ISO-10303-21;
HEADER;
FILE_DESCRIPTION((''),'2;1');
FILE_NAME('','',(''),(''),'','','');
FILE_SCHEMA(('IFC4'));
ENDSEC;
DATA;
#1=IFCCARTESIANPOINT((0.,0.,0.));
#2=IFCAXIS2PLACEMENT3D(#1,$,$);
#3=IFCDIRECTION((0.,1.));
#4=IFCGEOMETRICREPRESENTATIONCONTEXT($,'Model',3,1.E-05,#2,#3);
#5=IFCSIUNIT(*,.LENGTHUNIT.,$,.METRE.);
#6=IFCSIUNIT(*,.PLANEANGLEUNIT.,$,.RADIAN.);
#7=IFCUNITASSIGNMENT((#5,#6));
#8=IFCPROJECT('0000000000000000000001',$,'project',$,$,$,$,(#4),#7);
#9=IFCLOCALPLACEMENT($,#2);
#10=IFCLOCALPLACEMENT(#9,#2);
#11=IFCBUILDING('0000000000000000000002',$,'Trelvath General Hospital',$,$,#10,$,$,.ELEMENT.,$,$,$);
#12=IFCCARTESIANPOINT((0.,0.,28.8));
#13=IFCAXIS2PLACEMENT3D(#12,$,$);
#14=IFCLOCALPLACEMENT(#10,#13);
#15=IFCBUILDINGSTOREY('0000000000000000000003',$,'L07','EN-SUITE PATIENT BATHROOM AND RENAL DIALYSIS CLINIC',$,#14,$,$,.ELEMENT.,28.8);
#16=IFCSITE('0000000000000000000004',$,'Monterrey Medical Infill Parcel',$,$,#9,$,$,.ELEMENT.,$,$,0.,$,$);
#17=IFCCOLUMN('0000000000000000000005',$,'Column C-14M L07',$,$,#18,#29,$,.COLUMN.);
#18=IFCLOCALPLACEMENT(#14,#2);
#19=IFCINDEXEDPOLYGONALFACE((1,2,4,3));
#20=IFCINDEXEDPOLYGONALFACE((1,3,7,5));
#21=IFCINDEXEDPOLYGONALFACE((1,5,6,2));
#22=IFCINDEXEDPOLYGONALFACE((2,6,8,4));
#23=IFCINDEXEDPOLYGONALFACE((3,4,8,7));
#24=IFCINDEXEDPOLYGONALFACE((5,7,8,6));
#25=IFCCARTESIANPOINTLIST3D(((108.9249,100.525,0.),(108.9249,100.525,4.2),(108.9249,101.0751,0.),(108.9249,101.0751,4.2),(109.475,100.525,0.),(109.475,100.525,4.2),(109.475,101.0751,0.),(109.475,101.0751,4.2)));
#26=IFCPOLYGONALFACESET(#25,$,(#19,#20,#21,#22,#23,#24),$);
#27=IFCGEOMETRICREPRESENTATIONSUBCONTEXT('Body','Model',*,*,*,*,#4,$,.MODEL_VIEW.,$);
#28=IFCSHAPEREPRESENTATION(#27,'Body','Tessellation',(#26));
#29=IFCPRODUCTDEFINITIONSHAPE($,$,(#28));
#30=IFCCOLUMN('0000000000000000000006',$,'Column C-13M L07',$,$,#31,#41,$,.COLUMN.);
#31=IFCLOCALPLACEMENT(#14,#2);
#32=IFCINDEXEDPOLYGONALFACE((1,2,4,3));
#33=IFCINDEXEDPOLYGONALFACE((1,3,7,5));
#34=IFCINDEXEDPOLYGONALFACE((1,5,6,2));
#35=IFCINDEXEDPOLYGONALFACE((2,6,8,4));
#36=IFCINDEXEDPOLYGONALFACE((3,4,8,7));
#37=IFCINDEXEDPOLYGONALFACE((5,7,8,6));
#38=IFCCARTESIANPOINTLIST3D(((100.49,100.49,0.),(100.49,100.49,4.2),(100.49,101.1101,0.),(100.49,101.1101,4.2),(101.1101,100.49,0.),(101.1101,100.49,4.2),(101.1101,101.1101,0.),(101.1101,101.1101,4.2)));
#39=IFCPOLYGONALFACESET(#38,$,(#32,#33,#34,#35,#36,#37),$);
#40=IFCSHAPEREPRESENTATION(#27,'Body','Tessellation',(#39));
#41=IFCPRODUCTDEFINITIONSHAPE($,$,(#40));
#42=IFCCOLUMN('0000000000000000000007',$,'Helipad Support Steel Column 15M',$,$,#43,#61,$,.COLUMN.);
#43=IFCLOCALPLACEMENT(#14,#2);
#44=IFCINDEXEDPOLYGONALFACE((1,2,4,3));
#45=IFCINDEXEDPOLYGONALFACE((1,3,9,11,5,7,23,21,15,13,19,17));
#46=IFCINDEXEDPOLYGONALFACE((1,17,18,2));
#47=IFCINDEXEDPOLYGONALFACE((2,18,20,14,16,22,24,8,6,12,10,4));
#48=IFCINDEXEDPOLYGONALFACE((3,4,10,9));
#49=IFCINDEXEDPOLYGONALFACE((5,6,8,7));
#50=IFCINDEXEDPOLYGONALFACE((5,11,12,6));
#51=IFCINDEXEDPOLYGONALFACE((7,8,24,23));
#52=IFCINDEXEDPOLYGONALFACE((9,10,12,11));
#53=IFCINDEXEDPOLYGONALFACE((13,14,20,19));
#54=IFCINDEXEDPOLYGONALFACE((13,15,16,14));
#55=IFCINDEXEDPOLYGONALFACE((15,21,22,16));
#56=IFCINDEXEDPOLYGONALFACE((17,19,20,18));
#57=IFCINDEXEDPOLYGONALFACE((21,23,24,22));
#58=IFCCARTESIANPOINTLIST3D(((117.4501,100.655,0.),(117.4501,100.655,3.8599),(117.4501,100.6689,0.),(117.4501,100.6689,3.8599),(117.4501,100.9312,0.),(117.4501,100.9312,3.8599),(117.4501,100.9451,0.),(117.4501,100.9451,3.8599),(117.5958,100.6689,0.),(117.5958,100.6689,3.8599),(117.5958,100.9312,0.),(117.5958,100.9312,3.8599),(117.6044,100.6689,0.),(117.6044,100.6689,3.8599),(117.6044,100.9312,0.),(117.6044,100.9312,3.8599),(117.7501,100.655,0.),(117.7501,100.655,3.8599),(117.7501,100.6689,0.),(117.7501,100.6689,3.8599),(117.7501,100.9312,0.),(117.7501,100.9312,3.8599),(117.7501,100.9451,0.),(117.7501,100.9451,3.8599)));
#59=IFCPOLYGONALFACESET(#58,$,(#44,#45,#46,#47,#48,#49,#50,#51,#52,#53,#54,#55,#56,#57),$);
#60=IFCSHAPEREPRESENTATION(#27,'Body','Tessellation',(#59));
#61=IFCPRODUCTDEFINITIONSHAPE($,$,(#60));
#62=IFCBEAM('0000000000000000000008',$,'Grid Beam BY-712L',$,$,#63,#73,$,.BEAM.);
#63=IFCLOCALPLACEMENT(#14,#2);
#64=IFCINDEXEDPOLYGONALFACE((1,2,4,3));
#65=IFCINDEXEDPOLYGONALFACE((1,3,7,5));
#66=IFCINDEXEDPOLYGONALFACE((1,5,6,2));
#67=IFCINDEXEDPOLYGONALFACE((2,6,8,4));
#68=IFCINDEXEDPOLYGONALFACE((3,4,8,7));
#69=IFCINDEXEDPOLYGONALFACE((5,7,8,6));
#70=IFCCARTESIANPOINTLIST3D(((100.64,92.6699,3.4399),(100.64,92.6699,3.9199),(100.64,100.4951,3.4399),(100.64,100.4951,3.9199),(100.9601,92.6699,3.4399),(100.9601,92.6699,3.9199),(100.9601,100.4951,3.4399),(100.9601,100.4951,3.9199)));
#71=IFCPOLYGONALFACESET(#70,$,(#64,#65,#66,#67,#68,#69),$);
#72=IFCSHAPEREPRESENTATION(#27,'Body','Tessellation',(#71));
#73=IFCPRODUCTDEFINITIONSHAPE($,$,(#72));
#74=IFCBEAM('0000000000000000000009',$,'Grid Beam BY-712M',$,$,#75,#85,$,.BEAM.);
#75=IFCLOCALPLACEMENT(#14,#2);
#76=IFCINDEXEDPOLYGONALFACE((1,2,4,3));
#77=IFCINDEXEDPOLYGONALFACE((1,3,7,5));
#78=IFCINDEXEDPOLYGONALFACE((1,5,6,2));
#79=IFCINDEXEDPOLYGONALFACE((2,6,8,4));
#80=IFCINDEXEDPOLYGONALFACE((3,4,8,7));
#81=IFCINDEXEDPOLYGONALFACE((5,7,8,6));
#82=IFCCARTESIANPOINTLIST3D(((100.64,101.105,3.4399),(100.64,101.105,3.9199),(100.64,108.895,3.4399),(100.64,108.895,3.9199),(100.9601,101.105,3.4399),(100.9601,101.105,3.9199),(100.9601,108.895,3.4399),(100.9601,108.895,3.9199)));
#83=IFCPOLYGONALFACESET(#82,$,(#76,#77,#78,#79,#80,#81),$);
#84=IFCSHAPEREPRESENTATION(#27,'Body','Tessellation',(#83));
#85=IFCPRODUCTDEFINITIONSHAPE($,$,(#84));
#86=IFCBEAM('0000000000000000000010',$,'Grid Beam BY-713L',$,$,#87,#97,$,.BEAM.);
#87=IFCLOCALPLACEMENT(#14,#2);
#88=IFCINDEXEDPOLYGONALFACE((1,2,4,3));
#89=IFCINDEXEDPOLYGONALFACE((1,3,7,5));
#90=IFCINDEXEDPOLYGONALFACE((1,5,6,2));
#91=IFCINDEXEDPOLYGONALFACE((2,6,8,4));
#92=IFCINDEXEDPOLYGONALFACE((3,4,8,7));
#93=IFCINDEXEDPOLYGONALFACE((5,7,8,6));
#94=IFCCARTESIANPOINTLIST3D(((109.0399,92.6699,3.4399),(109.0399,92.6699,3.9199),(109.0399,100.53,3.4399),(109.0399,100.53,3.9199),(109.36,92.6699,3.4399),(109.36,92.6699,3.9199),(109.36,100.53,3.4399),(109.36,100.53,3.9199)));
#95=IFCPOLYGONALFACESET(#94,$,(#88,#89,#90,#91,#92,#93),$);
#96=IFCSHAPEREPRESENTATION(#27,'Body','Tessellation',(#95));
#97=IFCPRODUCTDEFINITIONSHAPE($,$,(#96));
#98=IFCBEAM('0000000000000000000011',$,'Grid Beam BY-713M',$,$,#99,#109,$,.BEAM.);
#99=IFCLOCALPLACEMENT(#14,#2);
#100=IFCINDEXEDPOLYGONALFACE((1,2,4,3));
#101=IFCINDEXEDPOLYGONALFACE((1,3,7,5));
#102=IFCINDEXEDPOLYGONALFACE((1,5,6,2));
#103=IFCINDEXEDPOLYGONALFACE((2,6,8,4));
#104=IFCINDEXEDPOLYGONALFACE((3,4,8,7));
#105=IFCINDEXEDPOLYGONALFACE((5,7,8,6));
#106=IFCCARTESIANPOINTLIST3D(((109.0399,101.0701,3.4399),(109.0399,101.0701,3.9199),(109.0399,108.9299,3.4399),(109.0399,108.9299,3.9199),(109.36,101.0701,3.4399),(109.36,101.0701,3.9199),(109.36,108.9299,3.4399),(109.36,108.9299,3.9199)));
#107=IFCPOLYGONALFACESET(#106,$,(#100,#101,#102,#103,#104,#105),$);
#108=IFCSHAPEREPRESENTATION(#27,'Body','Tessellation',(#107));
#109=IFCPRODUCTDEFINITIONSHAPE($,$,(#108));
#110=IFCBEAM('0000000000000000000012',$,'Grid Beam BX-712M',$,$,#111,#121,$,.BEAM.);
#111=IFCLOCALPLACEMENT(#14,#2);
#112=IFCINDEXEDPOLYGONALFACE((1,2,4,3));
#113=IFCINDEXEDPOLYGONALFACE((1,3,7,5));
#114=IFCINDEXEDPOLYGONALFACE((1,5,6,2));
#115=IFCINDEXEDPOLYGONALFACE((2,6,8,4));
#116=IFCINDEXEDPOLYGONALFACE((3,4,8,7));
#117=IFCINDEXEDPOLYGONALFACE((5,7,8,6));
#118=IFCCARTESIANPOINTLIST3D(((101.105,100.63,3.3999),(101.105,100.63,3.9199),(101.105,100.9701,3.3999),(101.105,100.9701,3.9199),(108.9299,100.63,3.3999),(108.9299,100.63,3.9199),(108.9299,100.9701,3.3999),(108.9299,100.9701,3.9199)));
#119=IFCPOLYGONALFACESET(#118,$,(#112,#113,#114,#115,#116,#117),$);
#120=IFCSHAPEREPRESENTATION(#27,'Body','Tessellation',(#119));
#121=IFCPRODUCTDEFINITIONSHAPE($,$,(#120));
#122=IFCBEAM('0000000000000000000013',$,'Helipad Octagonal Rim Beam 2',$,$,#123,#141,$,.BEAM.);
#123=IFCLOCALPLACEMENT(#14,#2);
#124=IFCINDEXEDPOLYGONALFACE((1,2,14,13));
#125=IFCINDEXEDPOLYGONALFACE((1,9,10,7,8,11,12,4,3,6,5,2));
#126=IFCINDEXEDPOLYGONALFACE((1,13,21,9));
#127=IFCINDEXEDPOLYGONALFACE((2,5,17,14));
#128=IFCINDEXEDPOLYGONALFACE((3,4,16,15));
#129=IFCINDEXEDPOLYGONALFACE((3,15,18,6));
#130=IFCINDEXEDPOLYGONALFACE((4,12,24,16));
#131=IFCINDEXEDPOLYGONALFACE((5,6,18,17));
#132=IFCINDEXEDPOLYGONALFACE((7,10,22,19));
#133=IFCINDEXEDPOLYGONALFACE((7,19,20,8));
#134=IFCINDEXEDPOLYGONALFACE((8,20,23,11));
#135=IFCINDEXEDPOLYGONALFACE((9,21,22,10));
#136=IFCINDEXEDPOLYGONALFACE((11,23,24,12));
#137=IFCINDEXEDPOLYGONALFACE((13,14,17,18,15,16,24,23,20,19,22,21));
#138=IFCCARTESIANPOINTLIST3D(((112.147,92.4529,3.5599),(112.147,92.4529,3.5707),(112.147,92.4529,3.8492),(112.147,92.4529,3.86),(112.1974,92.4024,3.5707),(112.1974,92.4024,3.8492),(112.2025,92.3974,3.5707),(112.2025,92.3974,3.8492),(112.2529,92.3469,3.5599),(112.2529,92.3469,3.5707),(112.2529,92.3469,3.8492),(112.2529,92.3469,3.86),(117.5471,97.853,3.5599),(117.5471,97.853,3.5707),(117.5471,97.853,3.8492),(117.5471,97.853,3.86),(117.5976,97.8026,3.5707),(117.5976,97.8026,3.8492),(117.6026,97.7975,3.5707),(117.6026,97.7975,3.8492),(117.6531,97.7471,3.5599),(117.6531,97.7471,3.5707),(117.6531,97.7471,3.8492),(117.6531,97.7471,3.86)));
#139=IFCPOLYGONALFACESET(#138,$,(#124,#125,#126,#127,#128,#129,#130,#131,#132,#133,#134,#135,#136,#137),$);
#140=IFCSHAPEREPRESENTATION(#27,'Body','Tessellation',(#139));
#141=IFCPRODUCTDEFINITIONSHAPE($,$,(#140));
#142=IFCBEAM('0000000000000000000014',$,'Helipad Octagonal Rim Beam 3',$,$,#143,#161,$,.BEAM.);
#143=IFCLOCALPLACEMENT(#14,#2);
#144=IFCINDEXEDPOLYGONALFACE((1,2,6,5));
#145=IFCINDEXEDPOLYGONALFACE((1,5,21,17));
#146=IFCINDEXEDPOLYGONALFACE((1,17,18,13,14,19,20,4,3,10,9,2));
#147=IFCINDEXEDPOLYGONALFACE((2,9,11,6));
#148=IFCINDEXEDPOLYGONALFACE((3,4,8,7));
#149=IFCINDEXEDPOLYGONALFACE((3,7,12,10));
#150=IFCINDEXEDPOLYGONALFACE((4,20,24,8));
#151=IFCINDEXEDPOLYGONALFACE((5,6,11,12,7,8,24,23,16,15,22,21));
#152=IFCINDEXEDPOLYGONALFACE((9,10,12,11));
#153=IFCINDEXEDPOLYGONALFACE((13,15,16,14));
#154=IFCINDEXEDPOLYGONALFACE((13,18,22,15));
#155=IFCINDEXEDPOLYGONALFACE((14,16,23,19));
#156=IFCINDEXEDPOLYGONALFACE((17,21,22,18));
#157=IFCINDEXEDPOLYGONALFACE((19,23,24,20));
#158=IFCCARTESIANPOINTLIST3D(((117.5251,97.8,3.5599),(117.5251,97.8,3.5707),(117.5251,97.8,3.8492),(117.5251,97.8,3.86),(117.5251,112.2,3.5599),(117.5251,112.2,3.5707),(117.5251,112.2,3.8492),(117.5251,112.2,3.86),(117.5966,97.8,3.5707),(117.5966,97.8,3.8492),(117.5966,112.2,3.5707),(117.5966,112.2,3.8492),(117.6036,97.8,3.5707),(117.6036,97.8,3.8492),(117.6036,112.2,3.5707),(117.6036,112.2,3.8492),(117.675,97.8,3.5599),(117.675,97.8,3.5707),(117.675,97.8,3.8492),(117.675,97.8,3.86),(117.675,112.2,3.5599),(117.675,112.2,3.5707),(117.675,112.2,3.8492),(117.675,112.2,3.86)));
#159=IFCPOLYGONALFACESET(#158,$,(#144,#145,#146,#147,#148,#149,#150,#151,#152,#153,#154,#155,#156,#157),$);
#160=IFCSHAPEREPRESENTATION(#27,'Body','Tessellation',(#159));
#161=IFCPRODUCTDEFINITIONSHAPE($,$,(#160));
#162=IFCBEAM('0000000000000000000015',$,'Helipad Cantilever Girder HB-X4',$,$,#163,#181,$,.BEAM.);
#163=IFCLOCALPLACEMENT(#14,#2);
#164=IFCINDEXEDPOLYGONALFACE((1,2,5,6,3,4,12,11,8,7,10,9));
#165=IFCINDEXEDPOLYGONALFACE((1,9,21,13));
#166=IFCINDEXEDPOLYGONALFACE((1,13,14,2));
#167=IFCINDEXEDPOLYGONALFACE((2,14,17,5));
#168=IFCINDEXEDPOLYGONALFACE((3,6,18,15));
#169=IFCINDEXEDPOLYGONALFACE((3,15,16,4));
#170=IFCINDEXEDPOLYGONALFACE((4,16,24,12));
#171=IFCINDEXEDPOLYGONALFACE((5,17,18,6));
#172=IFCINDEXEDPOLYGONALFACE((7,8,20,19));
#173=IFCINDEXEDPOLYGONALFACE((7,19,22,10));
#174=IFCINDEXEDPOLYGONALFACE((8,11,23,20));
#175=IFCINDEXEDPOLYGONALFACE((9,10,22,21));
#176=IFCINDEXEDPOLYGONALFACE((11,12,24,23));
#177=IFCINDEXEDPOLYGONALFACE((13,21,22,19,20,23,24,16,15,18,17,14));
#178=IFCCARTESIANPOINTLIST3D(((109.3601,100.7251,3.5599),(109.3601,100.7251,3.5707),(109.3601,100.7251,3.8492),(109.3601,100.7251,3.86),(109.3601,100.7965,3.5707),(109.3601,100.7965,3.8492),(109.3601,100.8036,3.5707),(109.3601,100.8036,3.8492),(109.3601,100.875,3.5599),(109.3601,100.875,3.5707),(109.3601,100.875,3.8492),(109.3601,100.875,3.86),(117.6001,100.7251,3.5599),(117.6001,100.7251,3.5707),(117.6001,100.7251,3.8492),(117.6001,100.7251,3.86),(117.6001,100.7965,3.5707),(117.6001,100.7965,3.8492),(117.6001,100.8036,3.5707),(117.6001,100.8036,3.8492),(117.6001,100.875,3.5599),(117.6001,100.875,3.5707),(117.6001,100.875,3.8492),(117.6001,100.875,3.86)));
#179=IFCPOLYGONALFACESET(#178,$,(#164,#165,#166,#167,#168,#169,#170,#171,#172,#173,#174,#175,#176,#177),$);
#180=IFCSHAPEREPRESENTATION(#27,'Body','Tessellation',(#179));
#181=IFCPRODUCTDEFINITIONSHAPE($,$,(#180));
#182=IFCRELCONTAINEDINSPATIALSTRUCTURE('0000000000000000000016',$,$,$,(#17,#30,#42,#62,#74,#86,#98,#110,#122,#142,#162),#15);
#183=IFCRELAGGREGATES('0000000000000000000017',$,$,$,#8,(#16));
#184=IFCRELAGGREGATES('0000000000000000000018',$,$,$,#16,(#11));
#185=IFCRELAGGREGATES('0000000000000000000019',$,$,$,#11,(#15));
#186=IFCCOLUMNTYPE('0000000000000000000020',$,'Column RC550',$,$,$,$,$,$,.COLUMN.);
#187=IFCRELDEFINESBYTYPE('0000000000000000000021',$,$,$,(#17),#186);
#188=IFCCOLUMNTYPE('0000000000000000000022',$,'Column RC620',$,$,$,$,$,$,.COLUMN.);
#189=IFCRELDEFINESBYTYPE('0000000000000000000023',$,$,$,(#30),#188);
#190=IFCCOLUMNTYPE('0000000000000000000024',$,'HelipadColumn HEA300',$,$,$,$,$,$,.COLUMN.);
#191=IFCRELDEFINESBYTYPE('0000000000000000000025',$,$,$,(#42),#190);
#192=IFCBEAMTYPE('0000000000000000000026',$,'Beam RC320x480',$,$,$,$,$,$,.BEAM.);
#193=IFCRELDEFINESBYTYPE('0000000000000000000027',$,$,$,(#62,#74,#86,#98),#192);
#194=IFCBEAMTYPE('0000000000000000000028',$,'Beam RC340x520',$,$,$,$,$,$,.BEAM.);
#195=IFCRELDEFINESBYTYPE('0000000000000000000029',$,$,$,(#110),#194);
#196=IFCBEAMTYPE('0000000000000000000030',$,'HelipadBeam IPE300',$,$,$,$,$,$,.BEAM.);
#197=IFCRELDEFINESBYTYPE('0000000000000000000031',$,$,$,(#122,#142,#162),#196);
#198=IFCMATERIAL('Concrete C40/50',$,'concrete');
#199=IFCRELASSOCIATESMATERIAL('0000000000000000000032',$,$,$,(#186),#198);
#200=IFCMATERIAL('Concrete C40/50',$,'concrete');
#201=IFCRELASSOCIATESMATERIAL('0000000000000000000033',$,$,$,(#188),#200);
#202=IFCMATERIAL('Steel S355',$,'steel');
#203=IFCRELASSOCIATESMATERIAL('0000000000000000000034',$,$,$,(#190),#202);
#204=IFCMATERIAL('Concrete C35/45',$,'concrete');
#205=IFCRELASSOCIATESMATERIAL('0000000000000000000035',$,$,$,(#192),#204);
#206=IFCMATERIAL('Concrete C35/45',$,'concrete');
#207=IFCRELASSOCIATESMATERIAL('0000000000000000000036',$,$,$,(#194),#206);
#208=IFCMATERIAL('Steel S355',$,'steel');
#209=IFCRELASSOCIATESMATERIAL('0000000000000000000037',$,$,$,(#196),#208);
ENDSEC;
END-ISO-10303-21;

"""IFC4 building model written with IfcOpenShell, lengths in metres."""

from ifc_helpers import new_model, si_unit, direction, frame, origin, origin_2d, place, context, subcontext, project, spatial, rectangle, i_section, extrude, material, material_profile, profile_set, type_object, element, save


model = new_model("IFC4")

# Units and contexts
model_context = context("Model", 3, precision=1e-05, world=origin(), true_north=direction((0.0, 1.0)))
body_context = subcontext(model_context, "Body", "Model", "MODEL_VIEW")
ifc_project = project(units=[si_unit("LENGTHUNIT", "METRE"), si_unit("PLANEANGLEUNIT", "RADIAN")], contexts=[model_context])

# Site, building, storey
site_placement = place(None, origin())
site = spatial("IfcSite", under=ifc_project, at=site_placement, Name="Monterrey Medical Infill Parcel", CompositionType="ELEMENT", RefElevation=0.0)
building_placement = place(site_placement, origin())
building = spatial("IfcBuilding", under=site, at=building_placement, Name="Trelvath General Hospital", CompositionType="ELEMENT")
storey_placement = place(building_placement, frame((0.0, 0.0, 28.8)))
storey = spatial("IfcBuildingStorey", under=building, at=storey_placement, Name="L07", Description="EN-SUITE PATIENT BATHROOM AND RENAL DIALYSIS CLINIC", CompositionType="ELEMENT", Elevation=28.8)

# Columns
ifc_material_1 = material(Name="Concrete C40/50", Category="concrete")
ifc_material_profile_1 = material_profile(ifc_material_1, rectangle(XDim=0.55, YDim=0.55, at=origin_2d()), Name="RC550x550")
ifc_profile_set_1 = profile_set([ifc_material_profile_1], Name="Concrete C40/50")
column_type_1 = type_object("IfcColumnType", Name="Column RC550", PredefinedType="COLUMN", material=ifc_profile_set_1)
column_1_placement = place(storey_placement, frame((109.2, 100.8, 0.0), z_axis=(0.0, 0.0, 1.0), x_axis=(1.0, 0.0, 0.0)))
element("IfcColumn", 1, at=column_1_placement, inside=storey, type_object=column_type_1, Name="Column C-14M L07", PredefinedType="COLUMN", context=body_context, shape_type="SweptSolid", body=[
    extrude(rectangle(XDim=0.55, YDim=0.55, at=origin_2d()), origin(), (0.0, 0.0, 1.0), 4.2),
])
ifc_material_2 = material(Name="Concrete C40/50", Category="concrete")
ifc_material_profile_2 = material_profile(ifc_material_2, rectangle(XDim=0.6201, YDim=0.6201, at=origin_2d()), Name="RC620x620")
ifc_profile_set_2 = profile_set([ifc_material_profile_2], Name="Concrete C40/50")
column_type_2 = type_object("IfcColumnType", Name="Column RC620", PredefinedType="COLUMN", material=ifc_profile_set_2)
column_2_placement = place(storey_placement, frame((100.8, 100.8, 0.0), z_axis=(0.0, 0.0, 1.0), x_axis=(1.0, 0.0, 0.0)))
element("IfcColumn", 2, at=column_2_placement, inside=storey, type_object=column_type_2, Name="Column C-13M L07", PredefinedType="COLUMN", context=body_context, shape_type="SweptSolid", body=[
    extrude(rectangle(XDim=0.6201, YDim=0.6201, at=origin_2d()), origin(), (0.0, 0.0, 1.0), 4.2),
])
ifc_material_3 = material(Name="Steel S355", Category="steel")
ifc_material_profile_3 = material_profile(ifc_material_3, i_section(OverallWidth=0.3, OverallDepth=0.29, WebThickness=0.0085, FlangeThickness=0.0139, at=origin_2d()), Name="HEA300")
ifc_profile_set_3 = profile_set([ifc_material_profile_3], Name="Steel S355")
column_type_3 = type_object("IfcColumnType", Name="HelipadColumn HEA300", PredefinedType="COLUMN", material=ifc_profile_set_3)
column_3_placement = place(storey_placement, frame((117.6001, 100.8, 0.0), z_axis=(0.0, 0.0, 1.0), x_axis=(1.0, 0.0, 0.0)))
element("IfcColumn", 3, at=column_3_placement, inside=storey, type_object=column_type_3, Name="Helipad Support Steel Column 15M", PredefinedType="COLUMN", context=body_context, shape_type="SweptSolid", body=[
    extrude(i_section(OverallWidth=0.3, OverallDepth=0.29, WebThickness=0.0085, FlangeThickness=0.0139, at=origin_2d()), origin(), (0.0, 0.0, 1.0), 3.8599),
])

# Beams
ifc_material_4 = material(Name="Concrete C35/45", Category="concrete")
ifc_material_profile_4 = material_profile(ifc_material_4, rectangle(XDim=0.3201, YDim=0.48, at=origin_2d()), Name="RCB320x480")
ifc_profile_set_4 = profile_set([ifc_material_profile_4], Name="Concrete C35/45")
beam_type_1 = type_object("IfcBeamType", Name="Beam RC320x480", PredefinedType="BEAM", material=ifc_profile_set_4)
beam_1_placement = place(storey_placement, frame((100.8, 92.6699, 3.6799), z_axis=(0.0, 1.0, 0.0), x_axis=(-1.0, 0.0, 0.0)))
element("IfcBeam", 4, at=beam_1_placement, inside=storey, type_object=beam_type_1, Name="Grid Beam BY-712L", PredefinedType="BEAM", context=body_context, shape_type="SweptSolid", body=[
    extrude(rectangle(XDim=0.3201, YDim=0.48, at=origin_2d()), origin(), (0.0, 0.0, 1.0), 7.8252),
])
beam_2_placement = place(storey_placement, frame((100.8, 101.105, 3.6799), z_axis=(0.0, 1.0, 0.0), x_axis=(-1.0, 0.0, 0.0)))
element("IfcBeam", 5, at=beam_2_placement, inside=storey, type_object=beam_type_1, Name="Grid Beam BY-712M", PredefinedType="BEAM", context=body_context, shape_type="SweptSolid", body=[
    extrude(rectangle(XDim=0.3201, YDim=0.48, at=origin_2d()), origin(), (0.0, 0.0, 1.0), 7.79),
])
beam_3_placement = place(storey_placement, frame((109.2, 92.6699, 3.6799), z_axis=(0.0, 1.0, 0.0), x_axis=(-1.0, 0.0, 0.0)))
element("IfcBeam", 6, at=beam_3_placement, inside=storey, type_object=beam_type_1, Name="Grid Beam BY-713L", PredefinedType="BEAM", context=body_context, shape_type="SweptSolid", body=[
    extrude(rectangle(XDim=0.3201, YDim=0.48, at=origin_2d()), origin(), (0.0, 0.0, 1.0), 7.8601),
])
beam_4_placement = place(storey_placement, frame((109.2, 101.0701, 3.6799), z_axis=(0.0, 1.0, 0.0), x_axis=(-1.0, 0.0, 0.0)))
element("IfcBeam", 7, at=beam_4_placement, inside=storey, type_object=beam_type_1, Name="Grid Beam BY-713M", PredefinedType="BEAM", context=body_context, shape_type="SweptSolid", body=[
    extrude(rectangle(XDim=0.3201, YDim=0.48, at=origin_2d()), origin(), (0.0, 0.0, 1.0), 7.8599),
])
ifc_material_5 = material(Name="Concrete C35/45", Category="concrete")
ifc_material_profile_5 = material_profile(ifc_material_5, rectangle(XDim=0.3401, YDim=0.52, at=origin_2d()), Name="RCB340x520")
ifc_profile_set_5 = profile_set([ifc_material_profile_5], Name="Concrete C35/45")
beam_type_2 = type_object("IfcBeamType", Name="Beam RC340x520", PredefinedType="BEAM", material=ifc_profile_set_5)
beam_5_placement = place(storey_placement, frame((101.105, 100.8, 3.6599), z_axis=(1.0, 0.0, 0.0), x_axis=(0.0, 1.0, 0.0)))
element("IfcBeam", 8, at=beam_5_placement, inside=storey, type_object=beam_type_2, Name="Grid Beam BX-712M", PredefinedType="BEAM", context=body_context, shape_type="SweptSolid", body=[
    extrude(rectangle(XDim=0.3401, YDim=0.52, at=origin_2d()), origin(), (0.0, 0.0, 1.0), 7.825),
])
ifc_material_6 = material(Name="Steel S355", Category="steel")
ifc_material_profile_6 = material_profile(ifc_material_6, i_section(OverallWidth=0.1499, OverallDepth=0.3, WebThickness=0.0071, FlangeThickness=0.0107, at=origin_2d()), Name="IPE300")
ifc_profile_set_6 = profile_set([ifc_material_profile_6], Name="Steel S355")
beam_type_3 = type_object("IfcBeamType", Name="HelipadBeam IPE300", PredefinedType="BEAM", material=ifc_profile_set_6)
beam_6_placement = place(storey_placement, frame((112.2, 92.3999, 3.71), z_axis=(0.707107, 0.707107, 0.0), x_axis=(-0.707107, 0.707107, 0.0)))
element("IfcBeam", 9, at=beam_6_placement, inside=storey, type_object=beam_type_3, Name="Helipad Octagonal Rim Beam 2", PredefinedType="BEAM", context=body_context, shape_type="SweptSolid", body=[
    extrude(i_section(OverallWidth=0.1499, OverallDepth=0.3, WebThickness=0.0071, FlangeThickness=0.0107, at=origin_2d()), origin(), (0.0, 0.0, 1.0), 7.637),
])
beam_7_placement = place(storey_placement, frame((117.6001, 97.8, 3.71), z_axis=(0.0, 1.0, 0.0), x_axis=(-1.0, 0.0, 0.0)))
element("IfcBeam", 10, at=beam_7_placement, inside=storey, type_object=beam_type_3, Name="Helipad Octagonal Rim Beam 3", PredefinedType="BEAM", context=body_context, shape_type="SweptSolid", body=[
    extrude(i_section(OverallWidth=0.1499, OverallDepth=0.3, WebThickness=0.0071, FlangeThickness=0.0107, at=origin_2d()), origin(), (0.0, 0.0, 1.0), 14.3999),
])
beam_8_placement = place(storey_placement, frame((109.3601, 100.8, 3.71), z_axis=(1.0, 0.0, 0.0), x_axis=(0.0, 1.0, 0.0)))
element("IfcBeam", 11, at=beam_8_placement, inside=storey, type_object=beam_type_3, Name="Helipad Cantilever Girder HB-X4", PredefinedType="BEAM", context=body_context, shape_type="SweptSolid", body=[
    extrude(i_section(OverallWidth=0.1499, OverallDepth=0.3, WebThickness=0.0071, FlangeThickness=0.0107, at=origin_2d()), origin(), (0.0, 0.0, 1.0), 8.24),
])

save(model, "model.ifc")
